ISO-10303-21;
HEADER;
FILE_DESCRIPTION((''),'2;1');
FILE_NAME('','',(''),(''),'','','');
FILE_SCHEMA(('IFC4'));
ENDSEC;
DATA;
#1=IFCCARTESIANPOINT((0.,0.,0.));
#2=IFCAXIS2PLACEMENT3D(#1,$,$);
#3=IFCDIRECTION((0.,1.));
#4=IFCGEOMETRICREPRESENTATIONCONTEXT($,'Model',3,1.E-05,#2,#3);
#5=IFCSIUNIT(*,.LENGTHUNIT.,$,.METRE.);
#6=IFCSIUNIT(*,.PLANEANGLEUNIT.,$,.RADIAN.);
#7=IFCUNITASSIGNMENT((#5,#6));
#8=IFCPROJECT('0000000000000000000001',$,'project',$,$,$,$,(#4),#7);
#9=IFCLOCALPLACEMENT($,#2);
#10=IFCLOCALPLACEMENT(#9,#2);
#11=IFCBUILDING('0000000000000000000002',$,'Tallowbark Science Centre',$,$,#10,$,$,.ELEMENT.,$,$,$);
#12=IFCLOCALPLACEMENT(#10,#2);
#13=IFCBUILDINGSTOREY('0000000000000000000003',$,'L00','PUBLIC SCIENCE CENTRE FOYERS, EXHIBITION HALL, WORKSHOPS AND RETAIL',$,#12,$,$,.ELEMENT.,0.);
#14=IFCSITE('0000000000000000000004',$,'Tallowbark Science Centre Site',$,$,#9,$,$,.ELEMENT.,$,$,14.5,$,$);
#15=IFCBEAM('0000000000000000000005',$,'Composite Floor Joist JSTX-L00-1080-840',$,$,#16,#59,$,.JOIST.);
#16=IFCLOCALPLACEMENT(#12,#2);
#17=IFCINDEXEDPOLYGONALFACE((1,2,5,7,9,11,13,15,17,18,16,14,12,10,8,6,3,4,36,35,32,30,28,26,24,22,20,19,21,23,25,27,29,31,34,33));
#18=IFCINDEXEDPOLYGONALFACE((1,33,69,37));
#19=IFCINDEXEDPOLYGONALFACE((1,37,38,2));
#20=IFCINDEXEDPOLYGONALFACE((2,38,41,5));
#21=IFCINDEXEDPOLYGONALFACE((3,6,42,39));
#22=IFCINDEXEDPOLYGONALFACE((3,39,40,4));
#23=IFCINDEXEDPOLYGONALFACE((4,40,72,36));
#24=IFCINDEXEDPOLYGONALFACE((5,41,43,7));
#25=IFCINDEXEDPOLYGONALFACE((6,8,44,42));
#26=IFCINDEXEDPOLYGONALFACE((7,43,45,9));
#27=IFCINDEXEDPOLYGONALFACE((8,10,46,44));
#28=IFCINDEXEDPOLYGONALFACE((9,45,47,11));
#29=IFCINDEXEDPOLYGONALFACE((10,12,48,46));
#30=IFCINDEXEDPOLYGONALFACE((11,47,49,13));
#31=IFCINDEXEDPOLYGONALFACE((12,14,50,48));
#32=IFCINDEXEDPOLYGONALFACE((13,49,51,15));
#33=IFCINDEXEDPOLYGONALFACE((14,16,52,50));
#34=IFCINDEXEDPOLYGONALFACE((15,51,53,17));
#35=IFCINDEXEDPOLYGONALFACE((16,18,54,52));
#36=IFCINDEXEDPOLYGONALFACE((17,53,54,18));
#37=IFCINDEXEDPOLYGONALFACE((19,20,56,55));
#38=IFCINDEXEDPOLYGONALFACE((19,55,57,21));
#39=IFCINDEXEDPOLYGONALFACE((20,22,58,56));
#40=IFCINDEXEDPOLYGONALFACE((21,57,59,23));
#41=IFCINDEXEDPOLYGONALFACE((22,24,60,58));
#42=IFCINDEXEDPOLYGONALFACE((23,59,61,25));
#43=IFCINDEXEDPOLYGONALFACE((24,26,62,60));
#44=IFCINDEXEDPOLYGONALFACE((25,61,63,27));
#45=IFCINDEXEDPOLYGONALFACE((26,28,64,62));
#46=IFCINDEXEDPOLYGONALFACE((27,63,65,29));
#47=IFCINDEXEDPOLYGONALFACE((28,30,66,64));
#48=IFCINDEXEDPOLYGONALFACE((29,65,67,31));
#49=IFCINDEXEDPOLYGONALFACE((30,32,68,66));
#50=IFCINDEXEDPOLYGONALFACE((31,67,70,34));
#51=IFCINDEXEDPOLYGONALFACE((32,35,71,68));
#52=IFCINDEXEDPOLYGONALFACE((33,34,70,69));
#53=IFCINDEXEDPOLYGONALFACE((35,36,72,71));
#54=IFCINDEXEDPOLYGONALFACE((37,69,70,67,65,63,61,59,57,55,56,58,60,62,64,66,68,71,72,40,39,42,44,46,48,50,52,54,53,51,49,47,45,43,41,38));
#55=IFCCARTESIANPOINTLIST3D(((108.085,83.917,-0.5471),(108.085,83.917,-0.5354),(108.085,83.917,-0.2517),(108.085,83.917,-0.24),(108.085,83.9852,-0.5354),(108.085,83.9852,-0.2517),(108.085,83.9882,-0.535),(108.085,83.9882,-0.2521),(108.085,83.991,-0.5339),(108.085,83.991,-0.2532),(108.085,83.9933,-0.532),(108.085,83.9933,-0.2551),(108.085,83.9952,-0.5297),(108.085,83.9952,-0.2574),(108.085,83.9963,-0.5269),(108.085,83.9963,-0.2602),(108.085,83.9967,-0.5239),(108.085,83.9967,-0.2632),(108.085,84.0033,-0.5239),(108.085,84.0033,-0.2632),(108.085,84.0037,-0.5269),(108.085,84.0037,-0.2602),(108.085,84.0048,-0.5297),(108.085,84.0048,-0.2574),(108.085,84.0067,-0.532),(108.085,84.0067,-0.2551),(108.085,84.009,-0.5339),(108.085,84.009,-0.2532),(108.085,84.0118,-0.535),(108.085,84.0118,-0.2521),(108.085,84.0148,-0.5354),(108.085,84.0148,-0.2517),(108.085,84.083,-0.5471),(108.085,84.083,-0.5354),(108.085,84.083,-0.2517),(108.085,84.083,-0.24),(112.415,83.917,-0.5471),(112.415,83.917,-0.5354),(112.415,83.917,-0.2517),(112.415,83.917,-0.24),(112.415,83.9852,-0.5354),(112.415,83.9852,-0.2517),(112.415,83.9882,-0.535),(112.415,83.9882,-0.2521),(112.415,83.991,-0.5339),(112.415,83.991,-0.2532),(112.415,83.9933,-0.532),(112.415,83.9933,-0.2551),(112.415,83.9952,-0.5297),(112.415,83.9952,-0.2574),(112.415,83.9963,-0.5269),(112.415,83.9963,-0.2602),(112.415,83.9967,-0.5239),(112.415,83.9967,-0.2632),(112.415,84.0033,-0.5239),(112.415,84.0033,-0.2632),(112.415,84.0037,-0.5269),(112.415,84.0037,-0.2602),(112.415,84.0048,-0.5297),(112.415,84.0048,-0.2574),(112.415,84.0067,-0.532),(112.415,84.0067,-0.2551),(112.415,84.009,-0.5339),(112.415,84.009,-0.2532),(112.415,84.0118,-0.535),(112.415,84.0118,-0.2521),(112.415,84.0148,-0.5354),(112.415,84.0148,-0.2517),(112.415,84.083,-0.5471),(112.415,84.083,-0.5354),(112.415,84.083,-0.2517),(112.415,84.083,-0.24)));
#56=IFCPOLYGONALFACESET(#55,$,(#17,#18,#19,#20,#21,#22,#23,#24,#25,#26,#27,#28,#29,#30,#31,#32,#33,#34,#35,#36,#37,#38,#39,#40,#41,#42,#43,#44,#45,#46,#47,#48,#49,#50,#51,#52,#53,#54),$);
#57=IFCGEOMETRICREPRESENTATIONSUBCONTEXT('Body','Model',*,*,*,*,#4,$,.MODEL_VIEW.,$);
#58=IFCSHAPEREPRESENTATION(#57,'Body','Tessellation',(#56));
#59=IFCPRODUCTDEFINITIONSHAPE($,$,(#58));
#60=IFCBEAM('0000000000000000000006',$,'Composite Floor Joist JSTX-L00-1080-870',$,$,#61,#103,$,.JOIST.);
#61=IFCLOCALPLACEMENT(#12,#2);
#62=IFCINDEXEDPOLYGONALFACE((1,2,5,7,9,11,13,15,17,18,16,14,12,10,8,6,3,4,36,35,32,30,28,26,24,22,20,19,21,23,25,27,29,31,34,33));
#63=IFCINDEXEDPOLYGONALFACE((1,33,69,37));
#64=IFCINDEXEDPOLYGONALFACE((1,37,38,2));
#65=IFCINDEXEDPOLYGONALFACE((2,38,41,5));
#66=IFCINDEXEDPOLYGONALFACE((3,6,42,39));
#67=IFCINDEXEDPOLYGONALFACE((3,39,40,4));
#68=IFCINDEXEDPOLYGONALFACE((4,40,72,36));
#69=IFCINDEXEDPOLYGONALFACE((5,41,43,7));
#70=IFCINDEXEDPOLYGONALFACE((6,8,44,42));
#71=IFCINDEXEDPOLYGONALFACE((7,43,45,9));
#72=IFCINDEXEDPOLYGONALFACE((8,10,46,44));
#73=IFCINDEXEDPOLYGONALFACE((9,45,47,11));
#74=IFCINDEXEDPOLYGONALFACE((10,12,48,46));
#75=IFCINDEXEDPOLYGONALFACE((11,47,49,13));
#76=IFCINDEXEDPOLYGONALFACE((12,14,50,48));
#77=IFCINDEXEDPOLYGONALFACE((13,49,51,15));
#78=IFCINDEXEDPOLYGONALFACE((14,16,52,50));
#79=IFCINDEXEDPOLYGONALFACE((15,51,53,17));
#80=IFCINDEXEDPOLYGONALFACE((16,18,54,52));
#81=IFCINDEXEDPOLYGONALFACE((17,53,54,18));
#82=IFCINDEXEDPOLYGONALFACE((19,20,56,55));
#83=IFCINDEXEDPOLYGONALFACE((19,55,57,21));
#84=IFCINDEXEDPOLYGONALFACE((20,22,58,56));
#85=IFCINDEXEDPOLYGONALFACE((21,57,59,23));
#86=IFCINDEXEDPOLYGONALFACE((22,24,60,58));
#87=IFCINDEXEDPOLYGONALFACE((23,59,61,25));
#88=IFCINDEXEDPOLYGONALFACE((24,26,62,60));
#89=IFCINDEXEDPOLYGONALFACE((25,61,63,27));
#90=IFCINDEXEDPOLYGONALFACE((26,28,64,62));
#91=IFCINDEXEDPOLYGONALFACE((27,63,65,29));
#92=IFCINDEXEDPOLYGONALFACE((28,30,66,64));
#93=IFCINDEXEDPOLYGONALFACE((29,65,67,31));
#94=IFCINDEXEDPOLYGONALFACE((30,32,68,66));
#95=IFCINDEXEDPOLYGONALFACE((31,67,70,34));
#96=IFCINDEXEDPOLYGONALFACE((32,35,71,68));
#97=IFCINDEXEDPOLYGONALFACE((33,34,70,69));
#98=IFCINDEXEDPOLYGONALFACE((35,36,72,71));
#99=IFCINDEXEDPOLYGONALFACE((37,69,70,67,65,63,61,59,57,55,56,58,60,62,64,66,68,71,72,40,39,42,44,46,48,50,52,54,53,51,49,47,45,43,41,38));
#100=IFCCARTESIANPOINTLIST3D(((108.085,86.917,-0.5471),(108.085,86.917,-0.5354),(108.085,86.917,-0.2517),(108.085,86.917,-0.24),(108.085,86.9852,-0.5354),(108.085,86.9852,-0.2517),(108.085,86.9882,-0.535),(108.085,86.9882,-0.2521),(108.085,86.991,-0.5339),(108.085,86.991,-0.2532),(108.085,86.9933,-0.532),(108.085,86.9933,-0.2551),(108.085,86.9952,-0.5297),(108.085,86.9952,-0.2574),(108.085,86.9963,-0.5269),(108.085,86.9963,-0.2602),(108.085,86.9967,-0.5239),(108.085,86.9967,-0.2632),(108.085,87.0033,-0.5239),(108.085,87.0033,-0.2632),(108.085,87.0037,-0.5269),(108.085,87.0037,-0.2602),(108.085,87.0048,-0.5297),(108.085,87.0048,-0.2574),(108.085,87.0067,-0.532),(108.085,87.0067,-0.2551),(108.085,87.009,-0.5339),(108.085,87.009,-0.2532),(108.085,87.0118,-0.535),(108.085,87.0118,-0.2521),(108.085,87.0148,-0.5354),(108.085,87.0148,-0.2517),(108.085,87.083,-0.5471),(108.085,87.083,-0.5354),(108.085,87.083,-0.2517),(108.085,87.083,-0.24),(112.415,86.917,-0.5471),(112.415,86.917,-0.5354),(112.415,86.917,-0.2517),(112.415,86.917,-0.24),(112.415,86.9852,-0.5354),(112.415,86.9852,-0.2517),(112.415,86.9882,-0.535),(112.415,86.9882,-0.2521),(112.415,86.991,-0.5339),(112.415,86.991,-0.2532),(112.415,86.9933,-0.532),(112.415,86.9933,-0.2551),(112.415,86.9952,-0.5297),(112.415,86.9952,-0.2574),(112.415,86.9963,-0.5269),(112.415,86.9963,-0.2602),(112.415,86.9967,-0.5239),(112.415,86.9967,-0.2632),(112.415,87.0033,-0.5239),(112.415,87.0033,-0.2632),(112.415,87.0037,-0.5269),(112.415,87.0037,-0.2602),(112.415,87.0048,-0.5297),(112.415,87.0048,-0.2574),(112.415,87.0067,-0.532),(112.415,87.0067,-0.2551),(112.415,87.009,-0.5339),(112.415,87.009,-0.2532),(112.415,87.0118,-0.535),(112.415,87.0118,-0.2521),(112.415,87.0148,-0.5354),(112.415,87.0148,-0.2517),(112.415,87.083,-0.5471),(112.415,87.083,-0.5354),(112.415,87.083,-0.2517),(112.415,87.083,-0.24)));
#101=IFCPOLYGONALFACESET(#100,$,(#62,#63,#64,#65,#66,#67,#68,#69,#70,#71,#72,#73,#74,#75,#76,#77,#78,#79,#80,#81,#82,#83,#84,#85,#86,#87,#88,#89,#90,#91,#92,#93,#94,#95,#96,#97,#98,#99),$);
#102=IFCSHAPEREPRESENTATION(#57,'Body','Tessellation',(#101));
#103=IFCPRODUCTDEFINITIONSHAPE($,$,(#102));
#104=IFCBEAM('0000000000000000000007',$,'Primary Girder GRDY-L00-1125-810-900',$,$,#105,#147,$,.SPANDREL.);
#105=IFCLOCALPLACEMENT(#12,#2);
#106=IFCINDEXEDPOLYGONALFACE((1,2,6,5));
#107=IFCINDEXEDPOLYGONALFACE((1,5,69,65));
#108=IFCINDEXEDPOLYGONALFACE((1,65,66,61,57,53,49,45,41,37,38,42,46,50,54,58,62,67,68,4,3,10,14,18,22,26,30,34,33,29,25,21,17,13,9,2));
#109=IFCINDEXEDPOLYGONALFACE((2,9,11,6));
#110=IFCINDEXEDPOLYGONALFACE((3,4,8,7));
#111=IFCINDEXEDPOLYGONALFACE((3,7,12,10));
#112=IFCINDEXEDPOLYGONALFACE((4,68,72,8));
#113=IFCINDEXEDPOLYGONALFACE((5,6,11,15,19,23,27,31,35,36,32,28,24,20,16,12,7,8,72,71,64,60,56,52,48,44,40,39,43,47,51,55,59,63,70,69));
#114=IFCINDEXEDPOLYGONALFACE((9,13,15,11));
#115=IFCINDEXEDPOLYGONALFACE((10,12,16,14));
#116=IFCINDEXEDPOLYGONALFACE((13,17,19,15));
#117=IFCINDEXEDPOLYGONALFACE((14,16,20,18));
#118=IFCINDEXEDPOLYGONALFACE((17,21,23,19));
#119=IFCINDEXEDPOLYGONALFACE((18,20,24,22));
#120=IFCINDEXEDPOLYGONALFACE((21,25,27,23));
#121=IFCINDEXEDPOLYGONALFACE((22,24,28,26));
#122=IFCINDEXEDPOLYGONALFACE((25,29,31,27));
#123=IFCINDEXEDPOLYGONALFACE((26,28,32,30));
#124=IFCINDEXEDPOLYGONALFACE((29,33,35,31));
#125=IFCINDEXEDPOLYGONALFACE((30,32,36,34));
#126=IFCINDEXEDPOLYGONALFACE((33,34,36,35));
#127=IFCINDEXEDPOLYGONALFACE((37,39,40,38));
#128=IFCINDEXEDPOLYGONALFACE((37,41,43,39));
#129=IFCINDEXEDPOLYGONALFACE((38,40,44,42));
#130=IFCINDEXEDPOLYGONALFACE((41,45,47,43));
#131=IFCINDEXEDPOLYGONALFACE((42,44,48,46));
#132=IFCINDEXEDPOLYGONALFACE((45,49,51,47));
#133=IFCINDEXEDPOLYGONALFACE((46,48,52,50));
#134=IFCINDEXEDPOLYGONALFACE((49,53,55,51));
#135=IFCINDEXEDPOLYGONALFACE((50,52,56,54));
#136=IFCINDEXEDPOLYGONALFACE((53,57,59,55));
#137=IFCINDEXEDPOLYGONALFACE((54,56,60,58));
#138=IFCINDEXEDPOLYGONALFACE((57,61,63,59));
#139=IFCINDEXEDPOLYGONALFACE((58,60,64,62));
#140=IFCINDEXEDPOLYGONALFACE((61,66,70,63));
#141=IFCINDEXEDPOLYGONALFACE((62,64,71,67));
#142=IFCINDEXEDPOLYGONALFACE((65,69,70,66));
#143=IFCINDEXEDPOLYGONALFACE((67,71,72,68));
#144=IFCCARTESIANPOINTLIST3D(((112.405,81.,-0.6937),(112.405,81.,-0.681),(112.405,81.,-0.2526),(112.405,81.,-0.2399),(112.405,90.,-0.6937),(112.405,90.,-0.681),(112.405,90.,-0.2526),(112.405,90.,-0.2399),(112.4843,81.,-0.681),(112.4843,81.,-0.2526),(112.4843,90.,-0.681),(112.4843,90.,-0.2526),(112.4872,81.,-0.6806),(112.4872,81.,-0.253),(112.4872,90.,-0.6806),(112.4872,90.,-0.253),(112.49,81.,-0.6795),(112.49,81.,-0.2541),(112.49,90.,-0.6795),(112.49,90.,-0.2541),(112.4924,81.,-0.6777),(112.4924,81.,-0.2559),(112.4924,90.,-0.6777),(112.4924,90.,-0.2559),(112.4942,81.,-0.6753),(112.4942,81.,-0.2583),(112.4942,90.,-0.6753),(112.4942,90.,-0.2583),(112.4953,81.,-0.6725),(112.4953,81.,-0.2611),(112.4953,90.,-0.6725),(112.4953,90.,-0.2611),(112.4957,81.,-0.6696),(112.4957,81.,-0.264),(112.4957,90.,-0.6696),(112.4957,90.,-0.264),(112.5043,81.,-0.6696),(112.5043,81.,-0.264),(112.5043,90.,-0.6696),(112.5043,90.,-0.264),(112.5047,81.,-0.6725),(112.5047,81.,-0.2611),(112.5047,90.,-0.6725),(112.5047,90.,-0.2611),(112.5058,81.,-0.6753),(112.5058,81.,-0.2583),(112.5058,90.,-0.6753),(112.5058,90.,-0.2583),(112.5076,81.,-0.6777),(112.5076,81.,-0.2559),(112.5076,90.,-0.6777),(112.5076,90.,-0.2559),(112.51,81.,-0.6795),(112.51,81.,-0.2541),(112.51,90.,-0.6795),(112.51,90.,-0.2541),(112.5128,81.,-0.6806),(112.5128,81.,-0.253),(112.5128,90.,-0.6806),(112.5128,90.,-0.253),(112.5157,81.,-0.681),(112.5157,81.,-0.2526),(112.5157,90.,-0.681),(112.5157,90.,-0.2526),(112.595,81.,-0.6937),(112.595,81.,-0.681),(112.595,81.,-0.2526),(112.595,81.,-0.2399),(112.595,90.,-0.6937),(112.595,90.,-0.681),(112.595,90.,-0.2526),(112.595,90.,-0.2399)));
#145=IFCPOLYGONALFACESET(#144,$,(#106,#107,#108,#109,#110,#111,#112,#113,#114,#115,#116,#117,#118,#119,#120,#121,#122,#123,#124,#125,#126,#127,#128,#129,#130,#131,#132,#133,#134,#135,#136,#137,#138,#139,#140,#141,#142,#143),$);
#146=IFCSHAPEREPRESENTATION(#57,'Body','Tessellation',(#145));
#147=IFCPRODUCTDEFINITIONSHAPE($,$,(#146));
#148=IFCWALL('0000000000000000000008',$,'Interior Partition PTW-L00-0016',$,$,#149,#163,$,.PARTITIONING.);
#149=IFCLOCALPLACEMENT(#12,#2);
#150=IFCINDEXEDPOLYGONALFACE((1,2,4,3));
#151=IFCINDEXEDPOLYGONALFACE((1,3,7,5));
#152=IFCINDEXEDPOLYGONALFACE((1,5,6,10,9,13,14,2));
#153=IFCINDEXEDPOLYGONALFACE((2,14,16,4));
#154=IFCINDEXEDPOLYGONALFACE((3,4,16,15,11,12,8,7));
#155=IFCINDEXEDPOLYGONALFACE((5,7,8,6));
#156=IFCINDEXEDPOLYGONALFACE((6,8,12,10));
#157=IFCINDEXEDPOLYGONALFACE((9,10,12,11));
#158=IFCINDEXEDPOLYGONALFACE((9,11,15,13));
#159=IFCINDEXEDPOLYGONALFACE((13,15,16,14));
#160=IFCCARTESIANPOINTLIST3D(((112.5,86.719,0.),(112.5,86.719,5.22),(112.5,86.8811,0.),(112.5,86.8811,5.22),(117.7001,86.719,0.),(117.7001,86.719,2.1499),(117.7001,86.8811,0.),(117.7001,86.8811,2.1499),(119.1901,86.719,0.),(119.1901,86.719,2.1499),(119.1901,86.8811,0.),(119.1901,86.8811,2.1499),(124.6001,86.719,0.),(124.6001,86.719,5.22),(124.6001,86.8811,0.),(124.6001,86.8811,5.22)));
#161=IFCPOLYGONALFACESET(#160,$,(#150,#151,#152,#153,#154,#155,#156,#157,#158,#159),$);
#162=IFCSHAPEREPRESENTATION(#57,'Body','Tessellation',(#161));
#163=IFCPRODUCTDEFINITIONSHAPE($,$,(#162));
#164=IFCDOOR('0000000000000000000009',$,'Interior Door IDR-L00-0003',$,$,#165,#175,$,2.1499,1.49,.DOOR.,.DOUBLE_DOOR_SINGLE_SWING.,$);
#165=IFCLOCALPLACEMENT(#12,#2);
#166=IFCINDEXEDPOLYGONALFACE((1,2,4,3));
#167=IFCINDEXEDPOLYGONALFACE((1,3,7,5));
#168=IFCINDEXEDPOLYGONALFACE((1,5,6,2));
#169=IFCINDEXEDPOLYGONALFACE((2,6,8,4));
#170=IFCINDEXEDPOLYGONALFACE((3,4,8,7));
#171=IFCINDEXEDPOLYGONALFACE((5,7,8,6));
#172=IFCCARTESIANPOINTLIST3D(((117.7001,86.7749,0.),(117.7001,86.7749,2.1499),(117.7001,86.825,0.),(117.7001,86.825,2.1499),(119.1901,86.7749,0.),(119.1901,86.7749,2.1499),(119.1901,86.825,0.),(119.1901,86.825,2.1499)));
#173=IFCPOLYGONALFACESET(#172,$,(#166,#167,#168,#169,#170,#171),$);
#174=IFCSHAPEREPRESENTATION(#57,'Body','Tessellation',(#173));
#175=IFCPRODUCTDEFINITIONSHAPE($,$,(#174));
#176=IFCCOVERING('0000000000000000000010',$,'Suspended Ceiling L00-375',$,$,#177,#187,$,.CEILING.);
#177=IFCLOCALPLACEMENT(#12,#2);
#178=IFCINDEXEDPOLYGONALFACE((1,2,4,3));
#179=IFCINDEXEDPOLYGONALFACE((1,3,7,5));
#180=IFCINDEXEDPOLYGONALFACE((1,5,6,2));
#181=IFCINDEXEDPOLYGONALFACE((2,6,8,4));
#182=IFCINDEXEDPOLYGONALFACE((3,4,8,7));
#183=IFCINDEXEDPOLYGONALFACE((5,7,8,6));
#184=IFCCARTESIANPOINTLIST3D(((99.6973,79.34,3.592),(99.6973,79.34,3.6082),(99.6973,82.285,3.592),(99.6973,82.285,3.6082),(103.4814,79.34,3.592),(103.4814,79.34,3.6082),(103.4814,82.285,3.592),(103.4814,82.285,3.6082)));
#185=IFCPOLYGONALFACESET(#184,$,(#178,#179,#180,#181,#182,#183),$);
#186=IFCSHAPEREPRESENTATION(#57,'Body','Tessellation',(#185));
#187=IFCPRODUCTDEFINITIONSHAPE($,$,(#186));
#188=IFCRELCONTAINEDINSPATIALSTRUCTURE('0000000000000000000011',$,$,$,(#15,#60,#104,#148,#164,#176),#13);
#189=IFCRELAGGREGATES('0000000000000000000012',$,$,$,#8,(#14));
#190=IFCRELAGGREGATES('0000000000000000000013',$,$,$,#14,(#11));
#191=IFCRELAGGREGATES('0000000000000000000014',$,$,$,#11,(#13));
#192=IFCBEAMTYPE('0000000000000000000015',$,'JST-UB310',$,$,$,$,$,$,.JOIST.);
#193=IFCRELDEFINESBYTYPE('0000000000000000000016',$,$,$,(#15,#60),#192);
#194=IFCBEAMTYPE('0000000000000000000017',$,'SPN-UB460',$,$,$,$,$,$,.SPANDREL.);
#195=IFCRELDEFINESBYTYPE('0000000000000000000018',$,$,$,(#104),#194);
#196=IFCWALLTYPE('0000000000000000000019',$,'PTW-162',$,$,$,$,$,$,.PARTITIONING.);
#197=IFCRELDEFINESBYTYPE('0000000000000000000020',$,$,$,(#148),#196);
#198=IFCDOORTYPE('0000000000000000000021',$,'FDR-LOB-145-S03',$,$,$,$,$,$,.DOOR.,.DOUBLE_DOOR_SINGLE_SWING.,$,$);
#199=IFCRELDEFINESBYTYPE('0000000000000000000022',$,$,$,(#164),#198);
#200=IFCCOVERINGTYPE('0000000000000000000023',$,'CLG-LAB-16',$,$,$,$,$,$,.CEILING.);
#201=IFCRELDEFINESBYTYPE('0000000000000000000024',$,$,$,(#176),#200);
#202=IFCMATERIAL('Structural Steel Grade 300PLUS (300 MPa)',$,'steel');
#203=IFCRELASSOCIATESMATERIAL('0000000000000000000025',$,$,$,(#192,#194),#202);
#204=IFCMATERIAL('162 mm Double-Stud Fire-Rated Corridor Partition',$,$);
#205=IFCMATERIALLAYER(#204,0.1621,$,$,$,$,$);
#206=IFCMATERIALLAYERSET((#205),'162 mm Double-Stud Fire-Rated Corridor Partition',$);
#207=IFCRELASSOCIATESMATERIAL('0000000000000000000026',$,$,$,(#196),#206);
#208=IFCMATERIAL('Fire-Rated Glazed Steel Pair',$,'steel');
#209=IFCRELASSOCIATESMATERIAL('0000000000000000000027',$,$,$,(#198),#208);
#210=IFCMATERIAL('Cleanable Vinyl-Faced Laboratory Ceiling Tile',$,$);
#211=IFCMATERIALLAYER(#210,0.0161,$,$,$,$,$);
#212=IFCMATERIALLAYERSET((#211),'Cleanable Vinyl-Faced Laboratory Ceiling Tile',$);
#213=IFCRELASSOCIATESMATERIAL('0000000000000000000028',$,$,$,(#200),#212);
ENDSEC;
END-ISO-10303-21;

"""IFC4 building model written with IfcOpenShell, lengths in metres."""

from ifc_helpers import new_model, si_unit, direction, frame, frame_2d, origin, origin_2d, place, context, subcontext, project, spatial, rectangle, i_section, extrude, material, layer, layer_set, material_profile, profile_set, type_object, element, fill, save


model = new_model("IFC4")

# Units and contexts
model_context = context("Model", 3, precision=1e-05, world=origin(), true_north=direction((0.0, 1.0)))
body_context = subcontext(model_context, "Body", "Model", "MODEL_VIEW")
ifc_project = project(units=[si_unit("LENGTHUNIT", "METRE"), si_unit("PLANEANGLEUNIT", "RADIAN")], contexts=[model_context])

# Site, building, storey
site_placement = place(None, origin())
site = spatial("IfcSite", under=ifc_project, at=site_placement, Name="Tallowbark Science Centre Site", CompositionType="ELEMENT", RefElevation=14.5)
building_placement = place(site_placement, origin())
building = spatial("IfcBuilding", under=site, at=building_placement, Name="Tallowbark Science Centre", CompositionType="ELEMENT")
storey_placement = place(building_placement, origin())
storey = spatial("IfcBuildingStorey", under=building, at=storey_placement, Name="L00", Description="PUBLIC SCIENCE CENTRE FOYERS, EXHIBITION HALL, WORKSHOPS AND RETAIL", CompositionType="ELEMENT", Elevation=0.0)

# Shared definitions
ifc_material_1 = material(Name="Structural Steel Grade 300PLUS (300 MPa)", Category="steel")

# Beams
ifc_material_profile_1 = material_profile(ifc_material_1, i_section(OverallWidth=0.166, OverallDepth=0.3071, WebThickness=0.0066, FlangeThickness=0.0117, FilletRadius=0.0115, at=origin_2d()), Name="310UB46.2")
ifc_profile_set_1 = profile_set([ifc_material_profile_1], Name="Structural Steel Grade 300PLUS (300 MPa)")
beam_type_1 = type_object("IfcBeamType", Name="JST-UB310", PredefinedType="JOIST", material=ifc_profile_set_1)
for number, where, z_axis, x_axis, name in (
    (1, (108.085, 84.0, -0.3936), (1.0, 0.0, 0.0), (0.0, 1.0, 0.0), "Composite Floor Joist JSTX-L00-1080-840"),
    (2, (108.085, 87.0, -0.3936), (1.0, 0.0, 0.0), (0.0, 1.0, 0.0), "Composite Floor Joist JSTX-L00-1080-870"),
):
    element("IfcBeam", number, at=place(storey_placement, frame(where, z_axis=z_axis, x_axis=x_axis)), inside=storey, type_object=beam_type_1, Name=name, PredefinedType="JOIST", context=body_context, shape_type="SweptSolid", body=[
        extrude(i_section(OverallWidth=0.166, OverallDepth=0.3071, WebThickness=0.0066, FlangeThickness=0.0117, FilletRadius=0.0115, at=origin_2d()), origin(), (0.0, 0.0, 1.0), 4.3301),
    ])
ifc_material_profile_2 = material_profile(ifc_material_1, i_section(OverallWidth=0.1899, OverallDepth=0.4539, WebThickness=0.0085, FlangeThickness=0.0127, FilletRadius=0.0115, at=origin_2d()), Name="460UB67.1")
ifc_profile_set_2 = profile_set([ifc_material_profile_2], Name="Structural Steel Grade 300PLUS (300 MPa)")
beam_type_2 = type_object("IfcBeamType", Name="SPN-UB460", PredefinedType="SPANDREL", material=ifc_profile_set_2)
beam_1_placement = place(storey_placement, frame((112.5, 81.0, -0.4668), z_axis=(0.0, 1.0, 0.0), x_axis=(-1.0, 0.0, 0.0)))
element("IfcBeam", 3, at=beam_1_placement, inside=storey, type_object=beam_type_2, Name="Primary Girder GRDY-L00-1125-810-900", PredefinedType="SPANDREL", context=body_context, shape_type="SweptSolid", body=[
    extrude(i_section(OverallWidth=0.1899, OverallDepth=0.4539, WebThickness=0.0085, FlangeThickness=0.0127, FilletRadius=0.0115, at=origin_2d()), origin(), (0.0, 0.0, 1.0), 9.0),
])

# Wall, opening, door
ifc_material_2 = material(Name="162 mm Double-Stud Fire-Rated Corridor Partition")
ifc_layer_1 = layer(ifc_material_2, 0.1621)
ifc_layer_set_1 = layer_set([ifc_layer_1], Name="162 mm Double-Stud Fire-Rated Corridor Partition")
wall_type = type_object("IfcWallType", Name="PTW-162", PredefinedType="PARTITIONING", material=ifc_layer_set_1)
wall_placement = place(storey_placement, frame((112.5, 86.8, 0.0), z_axis=(0.0, 0.0, 1.0), x_axis=(1.0, 0.0, 0.0)))
wall = element("IfcWall", 4, at=wall_placement, inside=storey, type_object=wall_type, Name="Interior Partition PTW-L00-0016", PredefinedType="PARTITIONING", context=body_context, shape_type="SweptSolid", body=[
    extrude(rectangle(XDim=12.1001, YDim=0.1621, at=frame_2d((6.05, 0.0))), origin(), (0.0, 0.0, 1.0), 5.22),
])
opening_placement = place(wall_placement, frame((5.2, 0.0, 0.0)))
opening = element("IfcOpeningElement", 5, at=opening_placement, cuts=wall, PredefinedType="OPENING", context=body_context, shape_type="SweptSolid", body=[
    extrude(rectangle(XDim=1.49, YDim=2.1499, at=frame_2d((0.7451, 1.075))), frame((0.0, 0.0911, 0.0), z_axis=(0.0, -1.0, 0.0), x_axis=(1.0, 0.0, 0.0)), (0.0, 0.0, 1.0), 0.1821),
])
ifc_material_3 = material(Name="Fire-Rated Glazed Steel Pair", Category="steel")
door_type = type_object("IfcDoorType", Name="FDR-LOB-145-S03", OperationType="DOUBLE_DOOR_SINGLE_SWING", PredefinedType="DOOR", material=ifc_material_3)
door_placement = place(opening_placement, origin())
door = element("IfcDoor", 6, at=door_placement, inside=storey, type_object=door_type, Name="Interior Door IDR-L00-0003", OperationType="DOUBLE_DOOR_SINGLE_SWING", OverallHeight=2.1499, OverallWidth=1.49, PredefinedType="DOOR", context=body_context, shape_type="SweptSolid", body=[
    extrude(rectangle(XDim=1.49, YDim=2.1499, at=frame_2d((0.7451, 1.075))), frame((0.0, 0.0249, 0.0), z_axis=(0.0, -1.0, 0.0), x_axis=(1.0, 0.0, 0.0)), (0.0, 0.0, 1.0), 0.05),
])
fill(opening, door)

# Covering
ifc_material_4 = material(Name="Cleanable Vinyl-Faced Laboratory Ceiling Tile")
ifc_layer_2 = layer(ifc_material_4, 0.0161)
ifc_layer_set_2 = layer_set([ifc_layer_2], Name="Cleanable Vinyl-Faced Laboratory Ceiling Tile")
covering_type_1 = type_object("IfcCoveringType", Name="CLG-LAB-16", PredefinedType="CEILING", material=ifc_layer_set_2)
for number, where, z_axis, x_axis, name in (
    (7, (101.5894, 80.8125, 3.592), (0.0, 0.0, 1.0), (1.0, 0.0, 0.0), "Suspended Ceiling L00-375"),
):
    element("IfcCovering", number, at=place(storey_placement, frame(where, z_axis=z_axis, x_axis=x_axis)), inside=storey, type_object=covering_type_1, Name=name, PredefinedType="CEILING", context=body_context, shape_type="SweptSolid", body=[
        extrude(rectangle(XDim=3.7842, YDim=2.9451, at=origin_2d()), origin(), (0.0, 0.0, 1.0), 0.0161),
    ])

save(model, "model.ifc")
